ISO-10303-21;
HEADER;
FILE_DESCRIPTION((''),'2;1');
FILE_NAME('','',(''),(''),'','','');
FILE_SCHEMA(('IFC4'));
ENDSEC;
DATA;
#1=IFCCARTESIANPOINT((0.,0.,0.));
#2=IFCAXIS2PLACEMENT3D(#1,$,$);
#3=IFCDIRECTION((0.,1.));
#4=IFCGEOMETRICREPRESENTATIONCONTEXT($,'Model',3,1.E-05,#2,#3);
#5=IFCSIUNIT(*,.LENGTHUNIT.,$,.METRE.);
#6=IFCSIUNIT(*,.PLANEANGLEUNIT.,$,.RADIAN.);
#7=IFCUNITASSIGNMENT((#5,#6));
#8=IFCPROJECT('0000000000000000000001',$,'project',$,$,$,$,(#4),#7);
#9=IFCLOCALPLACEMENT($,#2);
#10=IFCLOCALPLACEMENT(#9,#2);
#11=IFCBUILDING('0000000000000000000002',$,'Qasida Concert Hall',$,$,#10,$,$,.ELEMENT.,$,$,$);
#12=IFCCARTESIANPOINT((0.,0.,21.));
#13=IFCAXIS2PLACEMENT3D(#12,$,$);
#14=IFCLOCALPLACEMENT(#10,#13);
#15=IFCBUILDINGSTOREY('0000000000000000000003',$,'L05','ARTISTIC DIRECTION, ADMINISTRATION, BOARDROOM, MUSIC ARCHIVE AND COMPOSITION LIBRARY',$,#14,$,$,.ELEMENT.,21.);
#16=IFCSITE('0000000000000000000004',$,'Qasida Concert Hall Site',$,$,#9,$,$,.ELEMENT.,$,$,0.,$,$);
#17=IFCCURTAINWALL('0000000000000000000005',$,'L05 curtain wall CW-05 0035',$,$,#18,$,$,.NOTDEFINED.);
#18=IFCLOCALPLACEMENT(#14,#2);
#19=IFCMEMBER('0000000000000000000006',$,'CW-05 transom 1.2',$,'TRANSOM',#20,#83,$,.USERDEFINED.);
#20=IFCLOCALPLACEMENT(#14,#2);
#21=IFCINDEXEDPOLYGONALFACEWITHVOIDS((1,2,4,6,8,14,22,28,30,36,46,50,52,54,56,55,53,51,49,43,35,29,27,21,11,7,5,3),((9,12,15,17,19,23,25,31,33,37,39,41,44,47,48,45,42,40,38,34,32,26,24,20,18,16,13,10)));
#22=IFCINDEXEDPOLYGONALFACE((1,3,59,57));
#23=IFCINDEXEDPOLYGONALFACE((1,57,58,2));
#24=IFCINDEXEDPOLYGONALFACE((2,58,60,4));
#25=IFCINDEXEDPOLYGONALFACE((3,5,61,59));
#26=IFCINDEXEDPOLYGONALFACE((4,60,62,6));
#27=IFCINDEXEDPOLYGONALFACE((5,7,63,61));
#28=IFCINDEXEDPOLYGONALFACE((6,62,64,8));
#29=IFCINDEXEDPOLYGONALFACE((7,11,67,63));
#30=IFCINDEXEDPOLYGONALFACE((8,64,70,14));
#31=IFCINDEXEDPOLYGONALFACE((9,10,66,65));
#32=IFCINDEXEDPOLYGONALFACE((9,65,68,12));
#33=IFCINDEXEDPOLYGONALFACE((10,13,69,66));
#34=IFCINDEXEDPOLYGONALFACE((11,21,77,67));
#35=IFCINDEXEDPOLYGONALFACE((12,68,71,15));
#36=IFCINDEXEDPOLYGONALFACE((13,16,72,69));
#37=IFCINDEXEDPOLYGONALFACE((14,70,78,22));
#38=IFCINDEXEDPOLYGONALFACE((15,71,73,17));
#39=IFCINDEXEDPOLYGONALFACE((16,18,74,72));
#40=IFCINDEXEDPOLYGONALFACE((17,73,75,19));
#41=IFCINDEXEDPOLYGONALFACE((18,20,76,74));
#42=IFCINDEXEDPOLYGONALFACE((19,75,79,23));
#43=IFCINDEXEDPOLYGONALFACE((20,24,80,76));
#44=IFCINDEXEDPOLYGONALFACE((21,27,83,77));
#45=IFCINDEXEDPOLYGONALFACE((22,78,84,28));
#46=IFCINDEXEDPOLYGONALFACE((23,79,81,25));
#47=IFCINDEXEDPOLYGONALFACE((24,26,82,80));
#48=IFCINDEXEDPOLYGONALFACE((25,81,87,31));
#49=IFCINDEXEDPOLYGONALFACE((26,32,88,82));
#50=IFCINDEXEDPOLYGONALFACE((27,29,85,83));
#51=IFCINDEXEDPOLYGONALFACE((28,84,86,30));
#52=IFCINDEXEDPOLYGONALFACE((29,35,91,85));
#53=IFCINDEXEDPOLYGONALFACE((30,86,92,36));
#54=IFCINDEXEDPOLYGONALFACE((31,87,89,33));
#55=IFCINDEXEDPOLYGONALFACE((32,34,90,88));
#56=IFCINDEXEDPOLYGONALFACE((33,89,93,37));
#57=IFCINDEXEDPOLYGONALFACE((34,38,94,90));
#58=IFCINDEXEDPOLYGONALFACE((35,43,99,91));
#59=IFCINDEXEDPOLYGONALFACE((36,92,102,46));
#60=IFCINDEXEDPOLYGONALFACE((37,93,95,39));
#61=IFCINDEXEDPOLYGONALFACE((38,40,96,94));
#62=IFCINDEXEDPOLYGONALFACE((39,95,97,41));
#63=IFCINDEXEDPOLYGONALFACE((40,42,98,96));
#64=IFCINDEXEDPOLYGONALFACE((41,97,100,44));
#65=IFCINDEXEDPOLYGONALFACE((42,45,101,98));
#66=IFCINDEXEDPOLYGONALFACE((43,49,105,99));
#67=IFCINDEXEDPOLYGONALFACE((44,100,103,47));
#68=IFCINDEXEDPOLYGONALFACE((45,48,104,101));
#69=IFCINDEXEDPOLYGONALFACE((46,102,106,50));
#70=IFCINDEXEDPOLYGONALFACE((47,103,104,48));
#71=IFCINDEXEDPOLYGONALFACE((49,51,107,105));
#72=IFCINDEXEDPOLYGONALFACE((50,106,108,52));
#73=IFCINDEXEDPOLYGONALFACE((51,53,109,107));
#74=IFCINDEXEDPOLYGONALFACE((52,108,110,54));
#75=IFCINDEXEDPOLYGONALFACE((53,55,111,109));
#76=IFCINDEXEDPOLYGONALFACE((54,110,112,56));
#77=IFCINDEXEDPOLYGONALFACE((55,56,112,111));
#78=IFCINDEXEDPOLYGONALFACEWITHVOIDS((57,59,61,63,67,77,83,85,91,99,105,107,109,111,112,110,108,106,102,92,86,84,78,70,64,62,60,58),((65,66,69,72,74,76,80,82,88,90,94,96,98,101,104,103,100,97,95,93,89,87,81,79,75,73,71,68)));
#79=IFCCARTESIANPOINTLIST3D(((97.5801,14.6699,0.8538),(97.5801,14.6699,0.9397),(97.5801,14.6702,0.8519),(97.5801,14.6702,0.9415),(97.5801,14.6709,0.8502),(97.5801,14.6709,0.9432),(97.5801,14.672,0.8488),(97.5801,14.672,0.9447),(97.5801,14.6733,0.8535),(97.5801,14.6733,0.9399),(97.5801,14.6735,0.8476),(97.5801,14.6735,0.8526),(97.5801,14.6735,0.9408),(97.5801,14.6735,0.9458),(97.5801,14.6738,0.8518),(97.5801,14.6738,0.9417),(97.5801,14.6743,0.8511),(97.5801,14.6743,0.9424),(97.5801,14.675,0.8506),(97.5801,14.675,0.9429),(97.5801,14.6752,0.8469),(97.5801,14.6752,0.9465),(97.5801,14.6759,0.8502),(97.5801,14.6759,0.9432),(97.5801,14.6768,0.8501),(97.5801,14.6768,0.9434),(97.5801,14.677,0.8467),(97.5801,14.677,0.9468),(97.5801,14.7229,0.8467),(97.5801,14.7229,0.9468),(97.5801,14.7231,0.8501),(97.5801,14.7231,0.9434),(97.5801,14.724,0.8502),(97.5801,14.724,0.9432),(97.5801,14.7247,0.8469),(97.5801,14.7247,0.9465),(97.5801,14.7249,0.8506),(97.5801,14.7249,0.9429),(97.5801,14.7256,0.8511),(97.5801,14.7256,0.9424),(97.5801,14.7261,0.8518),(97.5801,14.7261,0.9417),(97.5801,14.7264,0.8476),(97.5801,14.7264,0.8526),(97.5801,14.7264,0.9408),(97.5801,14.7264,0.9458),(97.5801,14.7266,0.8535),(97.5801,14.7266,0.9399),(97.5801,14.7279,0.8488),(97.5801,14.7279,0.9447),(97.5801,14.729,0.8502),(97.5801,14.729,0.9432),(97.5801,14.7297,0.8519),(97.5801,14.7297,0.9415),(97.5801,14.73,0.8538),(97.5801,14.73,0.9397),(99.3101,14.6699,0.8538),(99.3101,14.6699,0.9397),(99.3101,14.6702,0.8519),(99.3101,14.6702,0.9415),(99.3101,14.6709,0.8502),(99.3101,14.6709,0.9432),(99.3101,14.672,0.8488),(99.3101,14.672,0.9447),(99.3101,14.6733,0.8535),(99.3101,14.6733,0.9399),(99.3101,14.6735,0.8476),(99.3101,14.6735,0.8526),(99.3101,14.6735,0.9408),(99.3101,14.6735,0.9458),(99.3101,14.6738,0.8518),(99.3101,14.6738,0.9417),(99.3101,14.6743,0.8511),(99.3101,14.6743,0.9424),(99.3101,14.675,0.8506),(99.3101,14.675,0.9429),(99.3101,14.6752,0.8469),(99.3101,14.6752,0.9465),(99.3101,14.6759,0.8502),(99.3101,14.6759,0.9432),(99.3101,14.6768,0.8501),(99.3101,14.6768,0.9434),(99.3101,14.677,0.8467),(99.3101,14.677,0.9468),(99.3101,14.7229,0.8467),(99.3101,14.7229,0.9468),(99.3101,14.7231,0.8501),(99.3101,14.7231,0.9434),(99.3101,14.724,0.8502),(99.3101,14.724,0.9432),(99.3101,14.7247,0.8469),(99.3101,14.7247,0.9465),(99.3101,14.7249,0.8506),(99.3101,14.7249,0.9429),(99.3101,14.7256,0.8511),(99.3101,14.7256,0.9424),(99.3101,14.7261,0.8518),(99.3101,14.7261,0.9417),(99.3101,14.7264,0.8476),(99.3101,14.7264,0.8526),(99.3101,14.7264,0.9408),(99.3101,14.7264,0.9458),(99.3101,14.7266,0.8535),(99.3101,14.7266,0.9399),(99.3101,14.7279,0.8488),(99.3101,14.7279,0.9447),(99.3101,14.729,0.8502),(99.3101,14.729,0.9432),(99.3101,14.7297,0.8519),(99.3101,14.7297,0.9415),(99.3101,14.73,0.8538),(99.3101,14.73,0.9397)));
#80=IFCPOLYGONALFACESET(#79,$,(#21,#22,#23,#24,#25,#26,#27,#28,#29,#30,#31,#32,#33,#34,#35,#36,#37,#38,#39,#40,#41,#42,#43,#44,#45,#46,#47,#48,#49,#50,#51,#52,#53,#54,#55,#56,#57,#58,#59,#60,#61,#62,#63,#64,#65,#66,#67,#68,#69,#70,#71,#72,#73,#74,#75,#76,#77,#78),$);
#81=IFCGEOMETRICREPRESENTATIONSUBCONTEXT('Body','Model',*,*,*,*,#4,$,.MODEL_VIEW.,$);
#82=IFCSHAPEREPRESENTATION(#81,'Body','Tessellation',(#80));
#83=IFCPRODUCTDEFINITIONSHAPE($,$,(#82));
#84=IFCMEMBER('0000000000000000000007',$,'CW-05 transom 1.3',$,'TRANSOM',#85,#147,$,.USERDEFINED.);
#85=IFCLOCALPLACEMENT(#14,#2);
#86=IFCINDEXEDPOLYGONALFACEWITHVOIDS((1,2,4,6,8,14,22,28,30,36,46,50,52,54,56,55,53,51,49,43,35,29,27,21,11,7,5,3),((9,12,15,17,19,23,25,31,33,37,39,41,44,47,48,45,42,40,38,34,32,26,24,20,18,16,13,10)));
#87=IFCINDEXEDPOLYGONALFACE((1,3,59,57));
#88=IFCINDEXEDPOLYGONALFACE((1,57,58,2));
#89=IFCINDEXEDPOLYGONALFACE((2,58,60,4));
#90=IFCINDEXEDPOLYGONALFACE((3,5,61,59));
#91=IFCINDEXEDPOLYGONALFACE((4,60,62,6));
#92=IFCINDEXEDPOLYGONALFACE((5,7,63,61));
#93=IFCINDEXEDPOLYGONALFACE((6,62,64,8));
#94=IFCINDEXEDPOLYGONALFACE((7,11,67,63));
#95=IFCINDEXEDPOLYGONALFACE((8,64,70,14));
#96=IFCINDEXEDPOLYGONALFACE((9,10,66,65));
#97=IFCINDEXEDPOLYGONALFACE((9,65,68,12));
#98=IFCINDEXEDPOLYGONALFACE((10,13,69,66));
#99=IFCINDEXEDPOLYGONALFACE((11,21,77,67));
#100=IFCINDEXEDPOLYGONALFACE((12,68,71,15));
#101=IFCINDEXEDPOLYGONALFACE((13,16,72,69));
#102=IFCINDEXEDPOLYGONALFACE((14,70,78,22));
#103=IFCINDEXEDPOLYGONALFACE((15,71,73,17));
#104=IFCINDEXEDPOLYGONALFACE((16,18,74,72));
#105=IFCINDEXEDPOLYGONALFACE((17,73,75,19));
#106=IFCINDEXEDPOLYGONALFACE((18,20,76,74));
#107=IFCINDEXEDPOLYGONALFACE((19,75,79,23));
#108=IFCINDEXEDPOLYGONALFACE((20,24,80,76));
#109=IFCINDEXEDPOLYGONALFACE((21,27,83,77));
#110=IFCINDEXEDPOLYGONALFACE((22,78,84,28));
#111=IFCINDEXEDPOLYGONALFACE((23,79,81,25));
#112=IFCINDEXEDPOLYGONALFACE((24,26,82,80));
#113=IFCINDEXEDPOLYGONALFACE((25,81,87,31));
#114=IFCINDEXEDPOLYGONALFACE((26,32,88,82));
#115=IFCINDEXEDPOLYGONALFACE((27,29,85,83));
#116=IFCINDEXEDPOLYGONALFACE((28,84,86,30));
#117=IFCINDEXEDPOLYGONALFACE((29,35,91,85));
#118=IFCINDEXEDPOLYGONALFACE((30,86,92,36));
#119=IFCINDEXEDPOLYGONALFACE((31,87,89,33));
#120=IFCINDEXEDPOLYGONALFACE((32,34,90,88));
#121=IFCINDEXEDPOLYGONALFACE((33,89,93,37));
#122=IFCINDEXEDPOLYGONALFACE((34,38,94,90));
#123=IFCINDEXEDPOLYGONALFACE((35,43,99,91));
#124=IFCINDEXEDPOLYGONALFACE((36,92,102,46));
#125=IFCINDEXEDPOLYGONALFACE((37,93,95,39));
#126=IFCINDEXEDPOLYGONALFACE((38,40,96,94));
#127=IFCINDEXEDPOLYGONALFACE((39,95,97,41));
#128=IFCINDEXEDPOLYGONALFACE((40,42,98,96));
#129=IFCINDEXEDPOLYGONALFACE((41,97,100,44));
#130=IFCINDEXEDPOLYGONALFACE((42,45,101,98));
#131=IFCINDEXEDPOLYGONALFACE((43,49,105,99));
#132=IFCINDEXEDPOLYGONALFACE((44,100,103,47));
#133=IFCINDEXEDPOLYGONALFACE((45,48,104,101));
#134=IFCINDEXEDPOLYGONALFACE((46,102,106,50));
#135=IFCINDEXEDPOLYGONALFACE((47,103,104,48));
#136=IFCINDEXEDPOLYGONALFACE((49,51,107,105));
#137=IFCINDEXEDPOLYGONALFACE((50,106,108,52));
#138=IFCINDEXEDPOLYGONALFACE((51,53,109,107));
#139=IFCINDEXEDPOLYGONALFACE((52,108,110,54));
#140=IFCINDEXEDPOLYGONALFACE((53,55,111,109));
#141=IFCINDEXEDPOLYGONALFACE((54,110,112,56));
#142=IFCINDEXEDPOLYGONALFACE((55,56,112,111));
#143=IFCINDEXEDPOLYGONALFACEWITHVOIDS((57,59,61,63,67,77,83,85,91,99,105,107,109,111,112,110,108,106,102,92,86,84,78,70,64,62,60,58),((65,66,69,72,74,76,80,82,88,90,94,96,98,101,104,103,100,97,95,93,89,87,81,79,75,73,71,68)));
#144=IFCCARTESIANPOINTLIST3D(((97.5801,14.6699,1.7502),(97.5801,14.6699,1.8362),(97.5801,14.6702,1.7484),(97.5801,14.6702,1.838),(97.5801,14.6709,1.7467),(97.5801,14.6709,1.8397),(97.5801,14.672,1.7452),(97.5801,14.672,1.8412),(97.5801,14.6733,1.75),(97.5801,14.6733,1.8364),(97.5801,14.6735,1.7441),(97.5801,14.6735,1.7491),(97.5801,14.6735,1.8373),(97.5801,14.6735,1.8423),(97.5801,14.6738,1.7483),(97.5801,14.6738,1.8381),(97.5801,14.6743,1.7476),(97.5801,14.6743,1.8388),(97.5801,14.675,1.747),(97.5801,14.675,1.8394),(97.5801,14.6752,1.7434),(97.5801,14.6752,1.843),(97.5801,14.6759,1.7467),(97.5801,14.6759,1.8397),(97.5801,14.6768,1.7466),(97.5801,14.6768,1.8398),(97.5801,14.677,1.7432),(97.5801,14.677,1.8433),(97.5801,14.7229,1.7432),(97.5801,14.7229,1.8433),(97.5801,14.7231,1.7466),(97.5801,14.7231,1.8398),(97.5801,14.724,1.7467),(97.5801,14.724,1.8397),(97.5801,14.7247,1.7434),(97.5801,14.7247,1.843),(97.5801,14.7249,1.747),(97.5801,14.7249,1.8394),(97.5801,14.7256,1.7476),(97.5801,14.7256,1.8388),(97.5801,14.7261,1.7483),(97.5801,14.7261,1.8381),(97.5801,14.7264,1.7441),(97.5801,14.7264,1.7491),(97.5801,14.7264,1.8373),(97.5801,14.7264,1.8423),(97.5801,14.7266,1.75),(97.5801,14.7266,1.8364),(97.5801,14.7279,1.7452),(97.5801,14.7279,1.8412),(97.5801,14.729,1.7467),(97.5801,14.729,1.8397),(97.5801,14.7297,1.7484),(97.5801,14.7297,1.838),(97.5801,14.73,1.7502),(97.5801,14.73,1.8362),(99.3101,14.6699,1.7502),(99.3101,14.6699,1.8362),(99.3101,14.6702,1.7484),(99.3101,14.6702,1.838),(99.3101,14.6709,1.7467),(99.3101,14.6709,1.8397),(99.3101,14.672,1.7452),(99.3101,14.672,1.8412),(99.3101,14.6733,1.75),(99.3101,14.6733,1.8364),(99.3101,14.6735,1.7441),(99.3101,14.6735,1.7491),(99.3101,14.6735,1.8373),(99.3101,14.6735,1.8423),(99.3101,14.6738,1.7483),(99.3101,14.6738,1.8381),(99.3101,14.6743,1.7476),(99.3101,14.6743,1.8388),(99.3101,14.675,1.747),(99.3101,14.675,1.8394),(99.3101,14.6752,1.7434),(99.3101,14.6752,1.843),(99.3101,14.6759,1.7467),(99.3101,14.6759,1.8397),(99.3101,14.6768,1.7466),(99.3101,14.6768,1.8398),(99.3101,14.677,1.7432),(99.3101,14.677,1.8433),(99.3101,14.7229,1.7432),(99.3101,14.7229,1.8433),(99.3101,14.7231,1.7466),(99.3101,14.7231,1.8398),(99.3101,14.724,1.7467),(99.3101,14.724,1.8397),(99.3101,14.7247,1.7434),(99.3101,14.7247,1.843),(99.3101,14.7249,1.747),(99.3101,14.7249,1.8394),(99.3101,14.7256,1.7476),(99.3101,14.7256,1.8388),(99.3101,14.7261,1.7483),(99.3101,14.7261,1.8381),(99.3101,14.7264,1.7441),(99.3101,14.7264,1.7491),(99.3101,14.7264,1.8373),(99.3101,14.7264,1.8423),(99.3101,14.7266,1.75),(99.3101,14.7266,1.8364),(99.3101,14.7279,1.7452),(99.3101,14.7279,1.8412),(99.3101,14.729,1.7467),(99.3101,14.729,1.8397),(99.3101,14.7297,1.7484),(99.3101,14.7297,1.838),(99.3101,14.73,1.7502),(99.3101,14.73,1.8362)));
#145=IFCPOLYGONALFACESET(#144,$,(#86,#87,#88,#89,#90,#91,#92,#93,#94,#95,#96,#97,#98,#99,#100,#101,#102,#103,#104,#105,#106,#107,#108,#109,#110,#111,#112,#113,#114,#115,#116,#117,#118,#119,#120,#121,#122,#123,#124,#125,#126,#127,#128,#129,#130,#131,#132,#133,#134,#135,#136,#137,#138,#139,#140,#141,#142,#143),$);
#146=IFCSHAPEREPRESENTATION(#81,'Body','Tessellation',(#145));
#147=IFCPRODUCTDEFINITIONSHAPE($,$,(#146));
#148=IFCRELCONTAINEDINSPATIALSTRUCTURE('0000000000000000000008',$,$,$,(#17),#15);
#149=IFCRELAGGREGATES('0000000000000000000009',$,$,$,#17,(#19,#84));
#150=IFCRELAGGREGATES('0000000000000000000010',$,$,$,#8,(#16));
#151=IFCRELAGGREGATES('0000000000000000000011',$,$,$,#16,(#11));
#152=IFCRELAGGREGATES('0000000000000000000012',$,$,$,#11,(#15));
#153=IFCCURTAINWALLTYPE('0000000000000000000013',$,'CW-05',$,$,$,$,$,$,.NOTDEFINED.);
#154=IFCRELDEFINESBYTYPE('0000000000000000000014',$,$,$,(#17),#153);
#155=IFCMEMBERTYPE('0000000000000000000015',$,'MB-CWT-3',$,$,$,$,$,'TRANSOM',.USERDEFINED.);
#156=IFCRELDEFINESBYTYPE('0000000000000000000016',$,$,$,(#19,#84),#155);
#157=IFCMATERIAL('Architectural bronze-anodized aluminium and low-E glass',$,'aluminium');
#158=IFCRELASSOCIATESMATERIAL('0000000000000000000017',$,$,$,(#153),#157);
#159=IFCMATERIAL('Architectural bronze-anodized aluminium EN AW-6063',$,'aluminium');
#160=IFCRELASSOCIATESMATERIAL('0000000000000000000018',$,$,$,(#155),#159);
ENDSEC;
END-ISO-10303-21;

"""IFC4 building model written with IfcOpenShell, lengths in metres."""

from ifc_helpers import new_model, si_unit, direction, frame, origin, origin_2d, place, context, subcontext, project, spatial, hollow_rectangle, extrude, material, material_profile, profile_set, type_object, element, aggregate, save


model = new_model("IFC4")

# Units and contexts
model_context = context("Model", 3, precision=1e-05, world=origin(), true_north=direction((0.0, 1.0)))
body_context = subcontext(model_context, "Body", "Model", "MODEL_VIEW")
ifc_project = project(units=[si_unit("LENGTHUNIT", "METRE"), si_unit("PLANEANGLEUNIT", "RADIAN")], contexts=[model_context])

# Site, building, storey
site_placement = place(None, origin())
site = spatial("IfcSite", under=ifc_project, at=site_placement, Name="Qasida Concert Hall Site", CompositionType="ELEMENT", RefElevation=0.0)
building_placement = place(site_placement, origin())
building = spatial("IfcBuilding", under=site, at=building_placement, Name="Qasida Concert Hall", CompositionType="ELEMENT")
storey_placement = place(building_placement, frame((0.0, 0.0, 21.0)))
storey = spatial("IfcBuildingStorey", under=building, at=storey_placement, Name="L05", Description="ARTISTIC DIRECTION, ADMINISTRATION, BOARDROOM, MUSIC ARCHIVE AND COMPOSITION LIBRARY", CompositionType="ELEMENT", Elevation=21.0)

# Shared definitions
ifc_material_1 = material(Name="Architectural bronze-anodized aluminium and low-E glass", Category="aluminium")
curtain_wall_type = type_object("IfcCurtainWallType", Name="CW-05", PredefinedType="NOTDEFINED", material=ifc_material_1)
ifc_material_2 = material(Name="Architectural bronze-anodized aluminium EN AW-6063", Category="aluminium")

# Curtain wall
curtain_wall_1_placement = place(storey_placement, origin())
curtain_wall_1 = element("IfcCurtainWall", 1, at=curtain_wall_1_placement, inside=storey, type_object=curtain_wall_type, Name="L05 curtain wall CW-05 0035", PredefinedType="NOTDEFINED")

# Members
ifc_material_profile_1 = material_profile(ifc_material_2, hollow_rectangle(XDim=0.0601, YDim=0.1001, WallThickness=0.0034, InnerFilletRadius=0.0034, OuterFilletRadius=0.0071, at=origin_2d()), Name="CWT 100x60x3.5")
ifc_profile_set_1 = profile_set([ifc_material_profile_1], Name="Architectural bronze-anodized aluminium EN AW-6063")
member_type_1 = type_object("IfcMemberType", Name="MB-CWT-3", ElementType="TRANSOM", PredefinedType="USERDEFINED", material=ifc_profile_set_1)
member_1_placement = place(storey_placement, frame((97.5801, 14.7, 0.8967), z_axis=(1.0, 0.0, 0.0), x_axis=(0.0, 1.0, 0.0)))
member_1 = element("IfcMember", 2, at=member_1_placement, type_object=member_type_1, Name="CW-05 transom 1.2", ObjectType="TRANSOM", PredefinedType="USERDEFINED", context=body_context, shape_type="SweptSolid", body=[
    extrude(hollow_rectangle(XDim=0.0601, YDim=0.1001, WallThickness=0.0034, InnerFilletRadius=0.0034, OuterFilletRadius=0.0071, at=origin_2d()), origin(), (0.0, 0.0, 1.0), 1.73),
])
member_2_placement = place(storey_placement, frame((97.5801, 14.7, 1.7932), z_axis=(1.0, 0.0, 0.0), x_axis=(0.0, 1.0, 0.0)))
member_2 = element("IfcMember", 3, at=member_2_placement, type_object=member_type_1, Name="CW-05 transom 1.3", ObjectType="TRANSOM", PredefinedType="USERDEFINED", context=body_context, shape_type="SweptSolid", body=[
    extrude(hollow_rectangle(XDim=0.0601, YDim=0.1001, WallThickness=0.0034, InnerFilletRadius=0.0034, OuterFilletRadius=0.0071, at=origin_2d()), origin(), (0.0, 0.0, 1.0), 1.73),
])
aggregate(curtain_wall_1, [member_1, member_2])

save(model, "model.ifc")
